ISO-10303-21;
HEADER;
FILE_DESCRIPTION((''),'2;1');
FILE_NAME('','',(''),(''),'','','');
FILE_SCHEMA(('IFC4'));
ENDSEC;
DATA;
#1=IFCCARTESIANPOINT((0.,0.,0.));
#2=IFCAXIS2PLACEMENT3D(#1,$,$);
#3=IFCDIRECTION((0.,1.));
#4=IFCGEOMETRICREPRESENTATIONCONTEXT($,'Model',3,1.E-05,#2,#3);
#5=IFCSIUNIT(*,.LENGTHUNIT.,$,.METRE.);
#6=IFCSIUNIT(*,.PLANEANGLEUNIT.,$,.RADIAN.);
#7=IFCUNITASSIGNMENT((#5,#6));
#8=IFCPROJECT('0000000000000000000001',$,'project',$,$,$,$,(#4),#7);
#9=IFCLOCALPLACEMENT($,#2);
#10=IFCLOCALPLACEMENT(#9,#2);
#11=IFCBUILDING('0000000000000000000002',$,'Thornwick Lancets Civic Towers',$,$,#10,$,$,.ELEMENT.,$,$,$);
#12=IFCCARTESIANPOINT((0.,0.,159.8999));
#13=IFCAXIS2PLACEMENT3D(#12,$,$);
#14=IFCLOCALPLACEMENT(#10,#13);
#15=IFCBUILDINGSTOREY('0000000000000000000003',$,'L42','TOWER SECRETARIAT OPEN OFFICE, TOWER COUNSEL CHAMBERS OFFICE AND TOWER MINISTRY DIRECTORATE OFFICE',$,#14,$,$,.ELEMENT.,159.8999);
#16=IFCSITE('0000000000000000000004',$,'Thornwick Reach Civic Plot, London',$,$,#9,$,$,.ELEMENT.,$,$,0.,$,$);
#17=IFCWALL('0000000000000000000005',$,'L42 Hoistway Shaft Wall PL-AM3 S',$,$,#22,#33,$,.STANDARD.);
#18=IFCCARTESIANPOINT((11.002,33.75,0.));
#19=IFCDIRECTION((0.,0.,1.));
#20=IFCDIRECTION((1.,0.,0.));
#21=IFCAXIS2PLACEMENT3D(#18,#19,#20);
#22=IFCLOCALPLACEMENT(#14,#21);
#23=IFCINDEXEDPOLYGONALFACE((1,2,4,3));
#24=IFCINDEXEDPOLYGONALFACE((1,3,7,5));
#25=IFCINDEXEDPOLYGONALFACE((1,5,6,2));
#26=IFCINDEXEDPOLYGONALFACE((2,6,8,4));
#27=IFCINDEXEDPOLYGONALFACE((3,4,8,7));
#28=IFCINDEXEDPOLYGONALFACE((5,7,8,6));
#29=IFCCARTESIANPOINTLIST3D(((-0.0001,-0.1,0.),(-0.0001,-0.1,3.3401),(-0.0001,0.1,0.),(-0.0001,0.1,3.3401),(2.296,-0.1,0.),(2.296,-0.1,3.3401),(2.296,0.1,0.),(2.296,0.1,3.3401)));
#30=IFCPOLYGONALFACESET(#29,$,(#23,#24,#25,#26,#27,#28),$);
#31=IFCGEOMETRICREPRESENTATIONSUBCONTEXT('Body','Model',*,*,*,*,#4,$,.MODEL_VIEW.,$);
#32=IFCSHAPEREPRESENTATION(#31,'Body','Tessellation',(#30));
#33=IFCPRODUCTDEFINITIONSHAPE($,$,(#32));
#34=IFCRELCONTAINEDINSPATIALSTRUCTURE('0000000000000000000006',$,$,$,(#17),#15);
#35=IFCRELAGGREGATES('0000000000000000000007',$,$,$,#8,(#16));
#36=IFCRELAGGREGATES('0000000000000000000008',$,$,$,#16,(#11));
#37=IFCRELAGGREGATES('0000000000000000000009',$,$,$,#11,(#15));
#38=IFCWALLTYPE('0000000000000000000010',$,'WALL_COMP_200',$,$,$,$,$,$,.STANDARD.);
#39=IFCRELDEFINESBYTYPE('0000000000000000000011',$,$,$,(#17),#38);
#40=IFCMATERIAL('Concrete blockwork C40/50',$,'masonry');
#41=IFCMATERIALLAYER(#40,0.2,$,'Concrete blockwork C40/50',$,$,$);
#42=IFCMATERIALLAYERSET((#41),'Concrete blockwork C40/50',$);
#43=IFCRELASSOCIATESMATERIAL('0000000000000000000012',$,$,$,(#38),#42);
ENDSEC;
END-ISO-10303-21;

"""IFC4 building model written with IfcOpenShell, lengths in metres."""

from ifc_helpers import new_model, si_unit, direction, frame, frame_2d, origin, place, context, subcontext, project, spatial, rectangle, extrude, material, layer, layer_set, type_object, element, save


model = new_model("IFC4")

# Units and contexts
model_context = context("Model", 3, precision=1e-05, world=origin(), true_north=direction((0.0, 1.0)))
body_context = subcontext(model_context, "Body", "Model", "MODEL_VIEW")
ifc_project = project(units=[si_unit("LENGTHUNIT", "METRE"), si_unit("PLANEANGLEUNIT", "RADIAN")], contexts=[model_context])

# Site, building, storey
site_placement = place(None, origin())
site = spatial("IfcSite", under=ifc_project, at=site_placement, Name="Thornwick Reach Civic Plot, London", CompositionType="ELEMENT", RefElevation=0.0)
building_placement = place(site_placement, origin())
building = spatial("IfcBuilding", under=site, at=building_placement, Name="Thornwick Lancets Civic Towers", CompositionType="ELEMENT")
storey_placement = place(building_placement, frame((0.0, 0.0, 159.8999)))
storey = spatial("IfcBuildingStorey", under=building, at=storey_placement, Name="L42", Description="TOWER SECRETARIAT OPEN OFFICE, TOWER COUNSEL CHAMBERS OFFICE AND TOWER MINISTRY DIRECTORATE OFFICE", CompositionType="ELEMENT", Elevation=159.8999)

# Shared definitions
ifc_material_1 = material(Name="Concrete blockwork C40/50", Category="masonry")
ifc_layer_1 = layer(ifc_material_1, 0.2, Name="Concrete blockwork C40/50")
ifc_layer_set_1 = layer_set([ifc_layer_1], Name="Concrete blockwork C40/50")
wall_type_1 = type_object("IfcWallType", Name="WALL_COMP_200", PredefinedType="STANDARD", material=ifc_layer_set_1)

# Wall
wall_1_placement = place(storey_placement, frame((11.002, 33.75, 0.0), z_axis=(0.0, 0.0, 1.0), x_axis=(1.0, 0.0, 0.0)))
element("IfcWall", 1, at=wall_1_placement, inside=storey, type_object=wall_type_1, Name="L42 Hoistway Shaft Wall PL-AM3 S", PredefinedType="STANDARD", context=body_context, shape_type="SweptSolid", body=[
    extrude(rectangle(XDim=2.2961, YDim=0.2, at=frame_2d((1.1479, 0.0))), origin(), (0.0, 0.0, 1.0), 3.3401),
])

save(model, "model.ifc")
